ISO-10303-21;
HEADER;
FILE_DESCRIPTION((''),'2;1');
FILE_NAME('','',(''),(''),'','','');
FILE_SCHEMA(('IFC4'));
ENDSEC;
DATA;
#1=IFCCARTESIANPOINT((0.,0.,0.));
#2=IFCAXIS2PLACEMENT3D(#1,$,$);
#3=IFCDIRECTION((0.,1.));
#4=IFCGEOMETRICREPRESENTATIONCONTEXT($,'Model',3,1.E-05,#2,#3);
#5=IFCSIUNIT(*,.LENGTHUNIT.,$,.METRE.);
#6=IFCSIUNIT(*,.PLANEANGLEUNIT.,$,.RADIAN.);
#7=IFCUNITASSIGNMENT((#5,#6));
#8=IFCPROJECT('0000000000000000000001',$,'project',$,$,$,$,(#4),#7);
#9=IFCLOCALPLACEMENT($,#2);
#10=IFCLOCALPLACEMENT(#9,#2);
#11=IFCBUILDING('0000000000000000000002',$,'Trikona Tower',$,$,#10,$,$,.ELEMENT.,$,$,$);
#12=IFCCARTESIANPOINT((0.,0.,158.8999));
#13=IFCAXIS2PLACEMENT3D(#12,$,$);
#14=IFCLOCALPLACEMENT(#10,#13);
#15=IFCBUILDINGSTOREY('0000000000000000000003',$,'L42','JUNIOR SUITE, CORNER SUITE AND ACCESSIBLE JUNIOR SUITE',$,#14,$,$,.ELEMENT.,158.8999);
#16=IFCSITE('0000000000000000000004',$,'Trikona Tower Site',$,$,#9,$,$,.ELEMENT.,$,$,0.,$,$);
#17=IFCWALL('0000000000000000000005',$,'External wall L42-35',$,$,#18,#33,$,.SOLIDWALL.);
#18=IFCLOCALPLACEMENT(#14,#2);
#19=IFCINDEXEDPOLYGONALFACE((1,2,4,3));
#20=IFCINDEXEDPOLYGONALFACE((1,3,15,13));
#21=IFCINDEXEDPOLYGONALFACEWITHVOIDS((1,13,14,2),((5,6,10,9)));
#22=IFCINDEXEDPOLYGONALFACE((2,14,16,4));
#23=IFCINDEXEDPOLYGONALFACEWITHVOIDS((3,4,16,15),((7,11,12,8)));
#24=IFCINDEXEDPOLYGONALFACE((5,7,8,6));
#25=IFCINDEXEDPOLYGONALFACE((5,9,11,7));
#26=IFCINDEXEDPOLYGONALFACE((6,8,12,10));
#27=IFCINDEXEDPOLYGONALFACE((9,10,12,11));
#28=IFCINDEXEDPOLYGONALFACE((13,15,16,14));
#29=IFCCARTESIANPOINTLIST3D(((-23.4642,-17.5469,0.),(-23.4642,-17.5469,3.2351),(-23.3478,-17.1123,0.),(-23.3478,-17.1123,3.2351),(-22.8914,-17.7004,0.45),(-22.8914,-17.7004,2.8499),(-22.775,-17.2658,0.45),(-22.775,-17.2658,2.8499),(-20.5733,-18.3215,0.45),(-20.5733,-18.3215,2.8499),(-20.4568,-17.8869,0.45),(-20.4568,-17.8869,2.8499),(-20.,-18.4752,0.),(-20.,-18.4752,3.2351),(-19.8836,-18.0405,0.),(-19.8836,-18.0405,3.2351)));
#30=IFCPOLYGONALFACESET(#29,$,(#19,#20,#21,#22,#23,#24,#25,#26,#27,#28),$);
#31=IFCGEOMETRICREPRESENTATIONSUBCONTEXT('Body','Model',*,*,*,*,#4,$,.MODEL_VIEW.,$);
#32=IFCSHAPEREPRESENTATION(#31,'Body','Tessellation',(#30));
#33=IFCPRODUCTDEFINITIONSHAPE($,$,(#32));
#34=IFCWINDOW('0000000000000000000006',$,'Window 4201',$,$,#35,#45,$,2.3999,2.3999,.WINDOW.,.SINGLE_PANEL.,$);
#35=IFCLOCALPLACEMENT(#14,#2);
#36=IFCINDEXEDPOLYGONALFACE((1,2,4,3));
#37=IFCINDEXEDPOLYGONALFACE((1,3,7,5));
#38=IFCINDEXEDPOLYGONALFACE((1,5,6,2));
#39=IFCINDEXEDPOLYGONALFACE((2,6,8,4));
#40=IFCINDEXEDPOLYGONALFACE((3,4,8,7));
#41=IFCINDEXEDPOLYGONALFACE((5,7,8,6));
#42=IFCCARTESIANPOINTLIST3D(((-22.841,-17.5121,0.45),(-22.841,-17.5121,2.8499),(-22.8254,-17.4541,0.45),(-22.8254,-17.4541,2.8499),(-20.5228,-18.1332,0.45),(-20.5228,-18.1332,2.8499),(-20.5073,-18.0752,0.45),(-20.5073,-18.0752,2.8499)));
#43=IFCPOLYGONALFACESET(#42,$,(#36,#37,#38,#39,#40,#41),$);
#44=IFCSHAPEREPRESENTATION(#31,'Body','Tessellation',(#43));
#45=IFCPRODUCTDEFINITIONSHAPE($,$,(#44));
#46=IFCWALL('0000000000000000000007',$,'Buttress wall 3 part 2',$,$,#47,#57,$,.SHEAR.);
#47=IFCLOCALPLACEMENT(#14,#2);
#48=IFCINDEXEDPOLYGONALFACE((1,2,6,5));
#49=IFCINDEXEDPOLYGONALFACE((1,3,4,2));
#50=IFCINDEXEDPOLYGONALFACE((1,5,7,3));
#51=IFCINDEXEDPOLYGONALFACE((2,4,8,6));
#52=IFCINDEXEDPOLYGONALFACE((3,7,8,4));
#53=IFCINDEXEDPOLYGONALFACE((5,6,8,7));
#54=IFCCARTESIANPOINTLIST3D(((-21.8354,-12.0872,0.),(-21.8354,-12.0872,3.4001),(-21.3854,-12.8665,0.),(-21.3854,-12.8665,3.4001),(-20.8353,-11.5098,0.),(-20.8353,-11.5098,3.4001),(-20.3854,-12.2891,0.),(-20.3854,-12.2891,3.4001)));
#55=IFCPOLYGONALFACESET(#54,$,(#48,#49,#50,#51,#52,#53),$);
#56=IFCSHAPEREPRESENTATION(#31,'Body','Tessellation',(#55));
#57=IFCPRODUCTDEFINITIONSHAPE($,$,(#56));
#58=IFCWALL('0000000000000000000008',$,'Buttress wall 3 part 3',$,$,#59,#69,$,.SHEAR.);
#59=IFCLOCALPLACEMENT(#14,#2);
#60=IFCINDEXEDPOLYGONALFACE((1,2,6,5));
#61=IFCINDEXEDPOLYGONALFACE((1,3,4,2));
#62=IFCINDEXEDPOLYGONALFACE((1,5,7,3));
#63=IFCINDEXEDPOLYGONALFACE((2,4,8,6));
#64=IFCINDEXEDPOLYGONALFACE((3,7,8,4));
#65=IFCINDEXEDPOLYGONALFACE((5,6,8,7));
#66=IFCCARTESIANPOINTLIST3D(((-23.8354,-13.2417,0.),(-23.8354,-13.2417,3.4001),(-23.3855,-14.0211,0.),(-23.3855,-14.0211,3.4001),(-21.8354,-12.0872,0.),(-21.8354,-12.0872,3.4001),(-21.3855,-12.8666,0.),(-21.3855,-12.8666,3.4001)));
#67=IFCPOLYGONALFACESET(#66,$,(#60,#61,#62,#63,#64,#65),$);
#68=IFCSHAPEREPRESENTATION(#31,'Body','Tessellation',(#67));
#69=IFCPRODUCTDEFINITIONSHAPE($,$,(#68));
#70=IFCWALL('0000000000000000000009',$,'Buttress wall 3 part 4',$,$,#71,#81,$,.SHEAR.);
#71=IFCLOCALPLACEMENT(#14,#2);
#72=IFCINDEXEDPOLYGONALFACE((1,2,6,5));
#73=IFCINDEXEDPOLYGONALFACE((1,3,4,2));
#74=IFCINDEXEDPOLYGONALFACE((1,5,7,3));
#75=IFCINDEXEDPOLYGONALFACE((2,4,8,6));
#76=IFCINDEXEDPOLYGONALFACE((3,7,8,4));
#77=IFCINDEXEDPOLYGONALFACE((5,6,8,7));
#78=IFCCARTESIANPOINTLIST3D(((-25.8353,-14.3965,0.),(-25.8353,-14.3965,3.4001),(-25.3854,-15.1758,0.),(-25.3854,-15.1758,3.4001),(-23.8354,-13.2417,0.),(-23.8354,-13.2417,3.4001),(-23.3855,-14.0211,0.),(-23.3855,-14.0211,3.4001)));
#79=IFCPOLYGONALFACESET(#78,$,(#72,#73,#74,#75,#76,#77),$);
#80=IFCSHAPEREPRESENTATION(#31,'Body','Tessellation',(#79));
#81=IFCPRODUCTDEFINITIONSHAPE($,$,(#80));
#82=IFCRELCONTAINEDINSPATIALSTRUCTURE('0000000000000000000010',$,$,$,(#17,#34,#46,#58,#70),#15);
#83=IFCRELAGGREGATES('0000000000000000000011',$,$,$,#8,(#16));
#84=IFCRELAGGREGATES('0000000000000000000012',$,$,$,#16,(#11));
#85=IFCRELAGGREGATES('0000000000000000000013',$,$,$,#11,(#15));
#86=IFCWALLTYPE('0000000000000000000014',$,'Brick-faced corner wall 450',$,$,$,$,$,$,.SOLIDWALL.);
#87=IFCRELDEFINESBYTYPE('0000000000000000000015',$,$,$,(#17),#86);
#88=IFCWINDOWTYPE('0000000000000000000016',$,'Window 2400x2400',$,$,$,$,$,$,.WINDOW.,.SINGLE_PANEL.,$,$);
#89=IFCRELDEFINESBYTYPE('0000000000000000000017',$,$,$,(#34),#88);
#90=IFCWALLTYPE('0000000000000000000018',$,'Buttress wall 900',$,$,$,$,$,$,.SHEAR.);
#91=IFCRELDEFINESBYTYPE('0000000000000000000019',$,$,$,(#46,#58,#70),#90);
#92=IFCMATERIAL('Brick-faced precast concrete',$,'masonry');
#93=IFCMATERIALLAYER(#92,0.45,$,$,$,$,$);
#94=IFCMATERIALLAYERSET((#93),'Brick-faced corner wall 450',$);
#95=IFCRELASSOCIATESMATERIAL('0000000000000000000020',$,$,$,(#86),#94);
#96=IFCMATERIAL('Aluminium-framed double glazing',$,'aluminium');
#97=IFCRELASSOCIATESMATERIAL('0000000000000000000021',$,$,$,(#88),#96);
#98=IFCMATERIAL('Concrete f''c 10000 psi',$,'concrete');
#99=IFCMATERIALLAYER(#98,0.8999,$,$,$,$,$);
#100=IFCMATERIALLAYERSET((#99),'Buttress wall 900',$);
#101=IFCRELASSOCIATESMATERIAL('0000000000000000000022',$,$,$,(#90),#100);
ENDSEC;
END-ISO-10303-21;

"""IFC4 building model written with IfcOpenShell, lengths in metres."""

from ifc_helpers import new_model, si_unit, direction, frame, frame_2d, origin, place, context, subcontext, project, spatial, rectangle, extrude, material, layer, layer_set, type_object, element, fill, save


model = new_model("IFC4")

# Units and contexts
model_context = context("Model", 3, precision=1e-05, world=origin(), true_north=direction((0.0, 1.0)))
body_context = subcontext(model_context, "Body", "Model", "MODEL_VIEW")
ifc_project = project(units=[si_unit("LENGTHUNIT", "METRE"), si_unit("PLANEANGLEUNIT", "RADIAN")], contexts=[model_context])

# Site, building, storey
site_placement = place(None, origin())
site = spatial("IfcSite", under=ifc_project, at=site_placement, Name="Trikona Tower Site", CompositionType="ELEMENT", RefElevation=0.0)
building_placement = place(site_placement, origin())
building = spatial("IfcBuilding", under=site, at=building_placement, Name="Trikona Tower", CompositionType="ELEMENT")
storey_placement = place(building_placement, frame((0.0, 0.0, 158.8999)))
storey = spatial("IfcBuildingStorey", under=building, at=storey_placement, Name="L42", Description="JUNIOR SUITE, CORNER SUITE AND ACCESSIBLE JUNIOR SUITE", CompositionType="ELEMENT", Elevation=158.8999)

# Wall, opening, window
ifc_material_1 = material(Name="Brick-faced precast concrete", Category="masonry")
ifc_layer_1 = layer(ifc_material_1, 0.45)
ifc_layer_set_1 = layer_set([ifc_layer_1], Name="Brick-faced corner wall 450")
wall_type_1 = type_object("IfcWallType", Name="Brick-faced corner wall 450", PredefinedType="SOLIDWALL", material=ifc_layer_set_1)
wall_1_placement = place(storey_placement, frame((-23.406, -17.3296, 0.0), z_axis=(0.0, 0.0, 1.0), x_axis=(0.965925, -0.258823, 0.0)))
wall_1 = element("IfcWall", 1, at=wall_1_placement, inside=storey, type_object=wall_type_1, Name="External wall L42-35", PredefinedType="SOLIDWALL", context=body_context, shape_type="SweptSolid", body=[
    extrude(rectangle(XDim=3.5864, YDim=0.45, at=frame_2d((1.7932, 0.0))), origin(), (0.0, 0.0, 1.0), 3.2351),
])
opening_1_placement = place(wall_1_placement, frame((0.593, 0.0, 0.45)))
opening_1 = element("IfcOpeningElement", 2, at=opening_1_placement, cuts=wall_1, PredefinedType="OPENING", context=body_context, shape_type="SweptSolid", body=[
    extrude(rectangle(XDim=2.3999, YDim=2.3999, at=frame_2d((1.2, 1.2))), frame((0.0, 0.2349, 0.0), z_axis=(0.0, -1.0, 0.0), x_axis=(1.0, 0.0, 0.0)), (0.0, 0.0, 1.0), 0.47),
])
ifc_material_2 = material(Name="Aluminium-framed double glazing", Category="aluminium")
window_type_1 = type_object("IfcWindowType", Name="Window 2400x2400", PartitioningType="SINGLE_PANEL", PredefinedType="WINDOW", material=ifc_material_2)
window_1_placement = place(opening_1_placement, origin())
window_1 = element("IfcWindow", 3, at=window_1_placement, inside=storey, type_object=window_type_1, Name="Window 4201", OverallHeight=2.3999, OverallWidth=2.3999, PartitioningType="SINGLE_PANEL", PredefinedType="WINDOW", context=body_context, shape_type="SweptSolid", body=[
    extrude(rectangle(XDim=2.3999, YDim=2.3999, at=frame_2d((1.2, 1.2))), frame((0.0, 0.03, 0.0), z_axis=(0.0, -1.0, 0.0), x_axis=(1.0, 0.0, 0.0)), (0.0, 0.0, 1.0), 0.0601),
])
fill(opening_1, window_1)

# Walls
ifc_material_3 = material(Name="Concrete f'c 10000 psi", Category="concrete")
ifc_layer_2 = layer(ifc_material_3, 0.8999)
ifc_layer_set_2 = layer_set([ifc_layer_2], Name="Buttress wall 900")
wall_type_2 = type_object("IfcWallType", Name="Buttress wall 900", PredefinedType="SHEAR", material=ifc_layer_set_2)
wall_2_placement = place(storey_placement, frame((-20.6104, -11.8994, 0.0), z_axis=(0.0, 0.0, 1.0), x_axis=(-0.86601, -0.500027, 0.0)))
element("IfcWall", 4, at=wall_2_placement, inside=storey, type_object=wall_type_2, Name="Buttress wall 3 part 2", PredefinedType="SHEAR", context=body_context, shape_type="SweptSolid", body=[
    extrude(rectangle(XDim=1.1548, YDim=0.8999, at=frame_2d((0.5774, 0.0))), origin(), (0.0, 0.0, 1.0), 3.4001),
])
for number, where, z_axis, x_axis, name in (
    (5, (-21.6104, -12.4768, 0.0), (0.0, 0.0, 1.0), (-0.866055, -0.499948, 0.0), "Buttress wall 3 part 3"),
    (6, (-23.6104, -13.6313, 0.0), (0.0, 0.0, 1.0), (-0.86601, -0.500027, 0.0), "Buttress wall 3 part 4"),
):
    element("IfcWall", number, at=place(storey_placement, frame(where, z_axis=z_axis, x_axis=x_axis)), inside=storey, type_object=wall_type_2, Name=name, PredefinedType="SHEAR", context=body_context, shape_type="SweptSolid", body=[
        extrude(rectangle(XDim=2.3093, YDim=0.8999, at=frame_2d((1.1548, 0.0))), origin(), (0.0, 0.0, 1.0), 3.4001),
    ])

save(model, "model.ifc")
